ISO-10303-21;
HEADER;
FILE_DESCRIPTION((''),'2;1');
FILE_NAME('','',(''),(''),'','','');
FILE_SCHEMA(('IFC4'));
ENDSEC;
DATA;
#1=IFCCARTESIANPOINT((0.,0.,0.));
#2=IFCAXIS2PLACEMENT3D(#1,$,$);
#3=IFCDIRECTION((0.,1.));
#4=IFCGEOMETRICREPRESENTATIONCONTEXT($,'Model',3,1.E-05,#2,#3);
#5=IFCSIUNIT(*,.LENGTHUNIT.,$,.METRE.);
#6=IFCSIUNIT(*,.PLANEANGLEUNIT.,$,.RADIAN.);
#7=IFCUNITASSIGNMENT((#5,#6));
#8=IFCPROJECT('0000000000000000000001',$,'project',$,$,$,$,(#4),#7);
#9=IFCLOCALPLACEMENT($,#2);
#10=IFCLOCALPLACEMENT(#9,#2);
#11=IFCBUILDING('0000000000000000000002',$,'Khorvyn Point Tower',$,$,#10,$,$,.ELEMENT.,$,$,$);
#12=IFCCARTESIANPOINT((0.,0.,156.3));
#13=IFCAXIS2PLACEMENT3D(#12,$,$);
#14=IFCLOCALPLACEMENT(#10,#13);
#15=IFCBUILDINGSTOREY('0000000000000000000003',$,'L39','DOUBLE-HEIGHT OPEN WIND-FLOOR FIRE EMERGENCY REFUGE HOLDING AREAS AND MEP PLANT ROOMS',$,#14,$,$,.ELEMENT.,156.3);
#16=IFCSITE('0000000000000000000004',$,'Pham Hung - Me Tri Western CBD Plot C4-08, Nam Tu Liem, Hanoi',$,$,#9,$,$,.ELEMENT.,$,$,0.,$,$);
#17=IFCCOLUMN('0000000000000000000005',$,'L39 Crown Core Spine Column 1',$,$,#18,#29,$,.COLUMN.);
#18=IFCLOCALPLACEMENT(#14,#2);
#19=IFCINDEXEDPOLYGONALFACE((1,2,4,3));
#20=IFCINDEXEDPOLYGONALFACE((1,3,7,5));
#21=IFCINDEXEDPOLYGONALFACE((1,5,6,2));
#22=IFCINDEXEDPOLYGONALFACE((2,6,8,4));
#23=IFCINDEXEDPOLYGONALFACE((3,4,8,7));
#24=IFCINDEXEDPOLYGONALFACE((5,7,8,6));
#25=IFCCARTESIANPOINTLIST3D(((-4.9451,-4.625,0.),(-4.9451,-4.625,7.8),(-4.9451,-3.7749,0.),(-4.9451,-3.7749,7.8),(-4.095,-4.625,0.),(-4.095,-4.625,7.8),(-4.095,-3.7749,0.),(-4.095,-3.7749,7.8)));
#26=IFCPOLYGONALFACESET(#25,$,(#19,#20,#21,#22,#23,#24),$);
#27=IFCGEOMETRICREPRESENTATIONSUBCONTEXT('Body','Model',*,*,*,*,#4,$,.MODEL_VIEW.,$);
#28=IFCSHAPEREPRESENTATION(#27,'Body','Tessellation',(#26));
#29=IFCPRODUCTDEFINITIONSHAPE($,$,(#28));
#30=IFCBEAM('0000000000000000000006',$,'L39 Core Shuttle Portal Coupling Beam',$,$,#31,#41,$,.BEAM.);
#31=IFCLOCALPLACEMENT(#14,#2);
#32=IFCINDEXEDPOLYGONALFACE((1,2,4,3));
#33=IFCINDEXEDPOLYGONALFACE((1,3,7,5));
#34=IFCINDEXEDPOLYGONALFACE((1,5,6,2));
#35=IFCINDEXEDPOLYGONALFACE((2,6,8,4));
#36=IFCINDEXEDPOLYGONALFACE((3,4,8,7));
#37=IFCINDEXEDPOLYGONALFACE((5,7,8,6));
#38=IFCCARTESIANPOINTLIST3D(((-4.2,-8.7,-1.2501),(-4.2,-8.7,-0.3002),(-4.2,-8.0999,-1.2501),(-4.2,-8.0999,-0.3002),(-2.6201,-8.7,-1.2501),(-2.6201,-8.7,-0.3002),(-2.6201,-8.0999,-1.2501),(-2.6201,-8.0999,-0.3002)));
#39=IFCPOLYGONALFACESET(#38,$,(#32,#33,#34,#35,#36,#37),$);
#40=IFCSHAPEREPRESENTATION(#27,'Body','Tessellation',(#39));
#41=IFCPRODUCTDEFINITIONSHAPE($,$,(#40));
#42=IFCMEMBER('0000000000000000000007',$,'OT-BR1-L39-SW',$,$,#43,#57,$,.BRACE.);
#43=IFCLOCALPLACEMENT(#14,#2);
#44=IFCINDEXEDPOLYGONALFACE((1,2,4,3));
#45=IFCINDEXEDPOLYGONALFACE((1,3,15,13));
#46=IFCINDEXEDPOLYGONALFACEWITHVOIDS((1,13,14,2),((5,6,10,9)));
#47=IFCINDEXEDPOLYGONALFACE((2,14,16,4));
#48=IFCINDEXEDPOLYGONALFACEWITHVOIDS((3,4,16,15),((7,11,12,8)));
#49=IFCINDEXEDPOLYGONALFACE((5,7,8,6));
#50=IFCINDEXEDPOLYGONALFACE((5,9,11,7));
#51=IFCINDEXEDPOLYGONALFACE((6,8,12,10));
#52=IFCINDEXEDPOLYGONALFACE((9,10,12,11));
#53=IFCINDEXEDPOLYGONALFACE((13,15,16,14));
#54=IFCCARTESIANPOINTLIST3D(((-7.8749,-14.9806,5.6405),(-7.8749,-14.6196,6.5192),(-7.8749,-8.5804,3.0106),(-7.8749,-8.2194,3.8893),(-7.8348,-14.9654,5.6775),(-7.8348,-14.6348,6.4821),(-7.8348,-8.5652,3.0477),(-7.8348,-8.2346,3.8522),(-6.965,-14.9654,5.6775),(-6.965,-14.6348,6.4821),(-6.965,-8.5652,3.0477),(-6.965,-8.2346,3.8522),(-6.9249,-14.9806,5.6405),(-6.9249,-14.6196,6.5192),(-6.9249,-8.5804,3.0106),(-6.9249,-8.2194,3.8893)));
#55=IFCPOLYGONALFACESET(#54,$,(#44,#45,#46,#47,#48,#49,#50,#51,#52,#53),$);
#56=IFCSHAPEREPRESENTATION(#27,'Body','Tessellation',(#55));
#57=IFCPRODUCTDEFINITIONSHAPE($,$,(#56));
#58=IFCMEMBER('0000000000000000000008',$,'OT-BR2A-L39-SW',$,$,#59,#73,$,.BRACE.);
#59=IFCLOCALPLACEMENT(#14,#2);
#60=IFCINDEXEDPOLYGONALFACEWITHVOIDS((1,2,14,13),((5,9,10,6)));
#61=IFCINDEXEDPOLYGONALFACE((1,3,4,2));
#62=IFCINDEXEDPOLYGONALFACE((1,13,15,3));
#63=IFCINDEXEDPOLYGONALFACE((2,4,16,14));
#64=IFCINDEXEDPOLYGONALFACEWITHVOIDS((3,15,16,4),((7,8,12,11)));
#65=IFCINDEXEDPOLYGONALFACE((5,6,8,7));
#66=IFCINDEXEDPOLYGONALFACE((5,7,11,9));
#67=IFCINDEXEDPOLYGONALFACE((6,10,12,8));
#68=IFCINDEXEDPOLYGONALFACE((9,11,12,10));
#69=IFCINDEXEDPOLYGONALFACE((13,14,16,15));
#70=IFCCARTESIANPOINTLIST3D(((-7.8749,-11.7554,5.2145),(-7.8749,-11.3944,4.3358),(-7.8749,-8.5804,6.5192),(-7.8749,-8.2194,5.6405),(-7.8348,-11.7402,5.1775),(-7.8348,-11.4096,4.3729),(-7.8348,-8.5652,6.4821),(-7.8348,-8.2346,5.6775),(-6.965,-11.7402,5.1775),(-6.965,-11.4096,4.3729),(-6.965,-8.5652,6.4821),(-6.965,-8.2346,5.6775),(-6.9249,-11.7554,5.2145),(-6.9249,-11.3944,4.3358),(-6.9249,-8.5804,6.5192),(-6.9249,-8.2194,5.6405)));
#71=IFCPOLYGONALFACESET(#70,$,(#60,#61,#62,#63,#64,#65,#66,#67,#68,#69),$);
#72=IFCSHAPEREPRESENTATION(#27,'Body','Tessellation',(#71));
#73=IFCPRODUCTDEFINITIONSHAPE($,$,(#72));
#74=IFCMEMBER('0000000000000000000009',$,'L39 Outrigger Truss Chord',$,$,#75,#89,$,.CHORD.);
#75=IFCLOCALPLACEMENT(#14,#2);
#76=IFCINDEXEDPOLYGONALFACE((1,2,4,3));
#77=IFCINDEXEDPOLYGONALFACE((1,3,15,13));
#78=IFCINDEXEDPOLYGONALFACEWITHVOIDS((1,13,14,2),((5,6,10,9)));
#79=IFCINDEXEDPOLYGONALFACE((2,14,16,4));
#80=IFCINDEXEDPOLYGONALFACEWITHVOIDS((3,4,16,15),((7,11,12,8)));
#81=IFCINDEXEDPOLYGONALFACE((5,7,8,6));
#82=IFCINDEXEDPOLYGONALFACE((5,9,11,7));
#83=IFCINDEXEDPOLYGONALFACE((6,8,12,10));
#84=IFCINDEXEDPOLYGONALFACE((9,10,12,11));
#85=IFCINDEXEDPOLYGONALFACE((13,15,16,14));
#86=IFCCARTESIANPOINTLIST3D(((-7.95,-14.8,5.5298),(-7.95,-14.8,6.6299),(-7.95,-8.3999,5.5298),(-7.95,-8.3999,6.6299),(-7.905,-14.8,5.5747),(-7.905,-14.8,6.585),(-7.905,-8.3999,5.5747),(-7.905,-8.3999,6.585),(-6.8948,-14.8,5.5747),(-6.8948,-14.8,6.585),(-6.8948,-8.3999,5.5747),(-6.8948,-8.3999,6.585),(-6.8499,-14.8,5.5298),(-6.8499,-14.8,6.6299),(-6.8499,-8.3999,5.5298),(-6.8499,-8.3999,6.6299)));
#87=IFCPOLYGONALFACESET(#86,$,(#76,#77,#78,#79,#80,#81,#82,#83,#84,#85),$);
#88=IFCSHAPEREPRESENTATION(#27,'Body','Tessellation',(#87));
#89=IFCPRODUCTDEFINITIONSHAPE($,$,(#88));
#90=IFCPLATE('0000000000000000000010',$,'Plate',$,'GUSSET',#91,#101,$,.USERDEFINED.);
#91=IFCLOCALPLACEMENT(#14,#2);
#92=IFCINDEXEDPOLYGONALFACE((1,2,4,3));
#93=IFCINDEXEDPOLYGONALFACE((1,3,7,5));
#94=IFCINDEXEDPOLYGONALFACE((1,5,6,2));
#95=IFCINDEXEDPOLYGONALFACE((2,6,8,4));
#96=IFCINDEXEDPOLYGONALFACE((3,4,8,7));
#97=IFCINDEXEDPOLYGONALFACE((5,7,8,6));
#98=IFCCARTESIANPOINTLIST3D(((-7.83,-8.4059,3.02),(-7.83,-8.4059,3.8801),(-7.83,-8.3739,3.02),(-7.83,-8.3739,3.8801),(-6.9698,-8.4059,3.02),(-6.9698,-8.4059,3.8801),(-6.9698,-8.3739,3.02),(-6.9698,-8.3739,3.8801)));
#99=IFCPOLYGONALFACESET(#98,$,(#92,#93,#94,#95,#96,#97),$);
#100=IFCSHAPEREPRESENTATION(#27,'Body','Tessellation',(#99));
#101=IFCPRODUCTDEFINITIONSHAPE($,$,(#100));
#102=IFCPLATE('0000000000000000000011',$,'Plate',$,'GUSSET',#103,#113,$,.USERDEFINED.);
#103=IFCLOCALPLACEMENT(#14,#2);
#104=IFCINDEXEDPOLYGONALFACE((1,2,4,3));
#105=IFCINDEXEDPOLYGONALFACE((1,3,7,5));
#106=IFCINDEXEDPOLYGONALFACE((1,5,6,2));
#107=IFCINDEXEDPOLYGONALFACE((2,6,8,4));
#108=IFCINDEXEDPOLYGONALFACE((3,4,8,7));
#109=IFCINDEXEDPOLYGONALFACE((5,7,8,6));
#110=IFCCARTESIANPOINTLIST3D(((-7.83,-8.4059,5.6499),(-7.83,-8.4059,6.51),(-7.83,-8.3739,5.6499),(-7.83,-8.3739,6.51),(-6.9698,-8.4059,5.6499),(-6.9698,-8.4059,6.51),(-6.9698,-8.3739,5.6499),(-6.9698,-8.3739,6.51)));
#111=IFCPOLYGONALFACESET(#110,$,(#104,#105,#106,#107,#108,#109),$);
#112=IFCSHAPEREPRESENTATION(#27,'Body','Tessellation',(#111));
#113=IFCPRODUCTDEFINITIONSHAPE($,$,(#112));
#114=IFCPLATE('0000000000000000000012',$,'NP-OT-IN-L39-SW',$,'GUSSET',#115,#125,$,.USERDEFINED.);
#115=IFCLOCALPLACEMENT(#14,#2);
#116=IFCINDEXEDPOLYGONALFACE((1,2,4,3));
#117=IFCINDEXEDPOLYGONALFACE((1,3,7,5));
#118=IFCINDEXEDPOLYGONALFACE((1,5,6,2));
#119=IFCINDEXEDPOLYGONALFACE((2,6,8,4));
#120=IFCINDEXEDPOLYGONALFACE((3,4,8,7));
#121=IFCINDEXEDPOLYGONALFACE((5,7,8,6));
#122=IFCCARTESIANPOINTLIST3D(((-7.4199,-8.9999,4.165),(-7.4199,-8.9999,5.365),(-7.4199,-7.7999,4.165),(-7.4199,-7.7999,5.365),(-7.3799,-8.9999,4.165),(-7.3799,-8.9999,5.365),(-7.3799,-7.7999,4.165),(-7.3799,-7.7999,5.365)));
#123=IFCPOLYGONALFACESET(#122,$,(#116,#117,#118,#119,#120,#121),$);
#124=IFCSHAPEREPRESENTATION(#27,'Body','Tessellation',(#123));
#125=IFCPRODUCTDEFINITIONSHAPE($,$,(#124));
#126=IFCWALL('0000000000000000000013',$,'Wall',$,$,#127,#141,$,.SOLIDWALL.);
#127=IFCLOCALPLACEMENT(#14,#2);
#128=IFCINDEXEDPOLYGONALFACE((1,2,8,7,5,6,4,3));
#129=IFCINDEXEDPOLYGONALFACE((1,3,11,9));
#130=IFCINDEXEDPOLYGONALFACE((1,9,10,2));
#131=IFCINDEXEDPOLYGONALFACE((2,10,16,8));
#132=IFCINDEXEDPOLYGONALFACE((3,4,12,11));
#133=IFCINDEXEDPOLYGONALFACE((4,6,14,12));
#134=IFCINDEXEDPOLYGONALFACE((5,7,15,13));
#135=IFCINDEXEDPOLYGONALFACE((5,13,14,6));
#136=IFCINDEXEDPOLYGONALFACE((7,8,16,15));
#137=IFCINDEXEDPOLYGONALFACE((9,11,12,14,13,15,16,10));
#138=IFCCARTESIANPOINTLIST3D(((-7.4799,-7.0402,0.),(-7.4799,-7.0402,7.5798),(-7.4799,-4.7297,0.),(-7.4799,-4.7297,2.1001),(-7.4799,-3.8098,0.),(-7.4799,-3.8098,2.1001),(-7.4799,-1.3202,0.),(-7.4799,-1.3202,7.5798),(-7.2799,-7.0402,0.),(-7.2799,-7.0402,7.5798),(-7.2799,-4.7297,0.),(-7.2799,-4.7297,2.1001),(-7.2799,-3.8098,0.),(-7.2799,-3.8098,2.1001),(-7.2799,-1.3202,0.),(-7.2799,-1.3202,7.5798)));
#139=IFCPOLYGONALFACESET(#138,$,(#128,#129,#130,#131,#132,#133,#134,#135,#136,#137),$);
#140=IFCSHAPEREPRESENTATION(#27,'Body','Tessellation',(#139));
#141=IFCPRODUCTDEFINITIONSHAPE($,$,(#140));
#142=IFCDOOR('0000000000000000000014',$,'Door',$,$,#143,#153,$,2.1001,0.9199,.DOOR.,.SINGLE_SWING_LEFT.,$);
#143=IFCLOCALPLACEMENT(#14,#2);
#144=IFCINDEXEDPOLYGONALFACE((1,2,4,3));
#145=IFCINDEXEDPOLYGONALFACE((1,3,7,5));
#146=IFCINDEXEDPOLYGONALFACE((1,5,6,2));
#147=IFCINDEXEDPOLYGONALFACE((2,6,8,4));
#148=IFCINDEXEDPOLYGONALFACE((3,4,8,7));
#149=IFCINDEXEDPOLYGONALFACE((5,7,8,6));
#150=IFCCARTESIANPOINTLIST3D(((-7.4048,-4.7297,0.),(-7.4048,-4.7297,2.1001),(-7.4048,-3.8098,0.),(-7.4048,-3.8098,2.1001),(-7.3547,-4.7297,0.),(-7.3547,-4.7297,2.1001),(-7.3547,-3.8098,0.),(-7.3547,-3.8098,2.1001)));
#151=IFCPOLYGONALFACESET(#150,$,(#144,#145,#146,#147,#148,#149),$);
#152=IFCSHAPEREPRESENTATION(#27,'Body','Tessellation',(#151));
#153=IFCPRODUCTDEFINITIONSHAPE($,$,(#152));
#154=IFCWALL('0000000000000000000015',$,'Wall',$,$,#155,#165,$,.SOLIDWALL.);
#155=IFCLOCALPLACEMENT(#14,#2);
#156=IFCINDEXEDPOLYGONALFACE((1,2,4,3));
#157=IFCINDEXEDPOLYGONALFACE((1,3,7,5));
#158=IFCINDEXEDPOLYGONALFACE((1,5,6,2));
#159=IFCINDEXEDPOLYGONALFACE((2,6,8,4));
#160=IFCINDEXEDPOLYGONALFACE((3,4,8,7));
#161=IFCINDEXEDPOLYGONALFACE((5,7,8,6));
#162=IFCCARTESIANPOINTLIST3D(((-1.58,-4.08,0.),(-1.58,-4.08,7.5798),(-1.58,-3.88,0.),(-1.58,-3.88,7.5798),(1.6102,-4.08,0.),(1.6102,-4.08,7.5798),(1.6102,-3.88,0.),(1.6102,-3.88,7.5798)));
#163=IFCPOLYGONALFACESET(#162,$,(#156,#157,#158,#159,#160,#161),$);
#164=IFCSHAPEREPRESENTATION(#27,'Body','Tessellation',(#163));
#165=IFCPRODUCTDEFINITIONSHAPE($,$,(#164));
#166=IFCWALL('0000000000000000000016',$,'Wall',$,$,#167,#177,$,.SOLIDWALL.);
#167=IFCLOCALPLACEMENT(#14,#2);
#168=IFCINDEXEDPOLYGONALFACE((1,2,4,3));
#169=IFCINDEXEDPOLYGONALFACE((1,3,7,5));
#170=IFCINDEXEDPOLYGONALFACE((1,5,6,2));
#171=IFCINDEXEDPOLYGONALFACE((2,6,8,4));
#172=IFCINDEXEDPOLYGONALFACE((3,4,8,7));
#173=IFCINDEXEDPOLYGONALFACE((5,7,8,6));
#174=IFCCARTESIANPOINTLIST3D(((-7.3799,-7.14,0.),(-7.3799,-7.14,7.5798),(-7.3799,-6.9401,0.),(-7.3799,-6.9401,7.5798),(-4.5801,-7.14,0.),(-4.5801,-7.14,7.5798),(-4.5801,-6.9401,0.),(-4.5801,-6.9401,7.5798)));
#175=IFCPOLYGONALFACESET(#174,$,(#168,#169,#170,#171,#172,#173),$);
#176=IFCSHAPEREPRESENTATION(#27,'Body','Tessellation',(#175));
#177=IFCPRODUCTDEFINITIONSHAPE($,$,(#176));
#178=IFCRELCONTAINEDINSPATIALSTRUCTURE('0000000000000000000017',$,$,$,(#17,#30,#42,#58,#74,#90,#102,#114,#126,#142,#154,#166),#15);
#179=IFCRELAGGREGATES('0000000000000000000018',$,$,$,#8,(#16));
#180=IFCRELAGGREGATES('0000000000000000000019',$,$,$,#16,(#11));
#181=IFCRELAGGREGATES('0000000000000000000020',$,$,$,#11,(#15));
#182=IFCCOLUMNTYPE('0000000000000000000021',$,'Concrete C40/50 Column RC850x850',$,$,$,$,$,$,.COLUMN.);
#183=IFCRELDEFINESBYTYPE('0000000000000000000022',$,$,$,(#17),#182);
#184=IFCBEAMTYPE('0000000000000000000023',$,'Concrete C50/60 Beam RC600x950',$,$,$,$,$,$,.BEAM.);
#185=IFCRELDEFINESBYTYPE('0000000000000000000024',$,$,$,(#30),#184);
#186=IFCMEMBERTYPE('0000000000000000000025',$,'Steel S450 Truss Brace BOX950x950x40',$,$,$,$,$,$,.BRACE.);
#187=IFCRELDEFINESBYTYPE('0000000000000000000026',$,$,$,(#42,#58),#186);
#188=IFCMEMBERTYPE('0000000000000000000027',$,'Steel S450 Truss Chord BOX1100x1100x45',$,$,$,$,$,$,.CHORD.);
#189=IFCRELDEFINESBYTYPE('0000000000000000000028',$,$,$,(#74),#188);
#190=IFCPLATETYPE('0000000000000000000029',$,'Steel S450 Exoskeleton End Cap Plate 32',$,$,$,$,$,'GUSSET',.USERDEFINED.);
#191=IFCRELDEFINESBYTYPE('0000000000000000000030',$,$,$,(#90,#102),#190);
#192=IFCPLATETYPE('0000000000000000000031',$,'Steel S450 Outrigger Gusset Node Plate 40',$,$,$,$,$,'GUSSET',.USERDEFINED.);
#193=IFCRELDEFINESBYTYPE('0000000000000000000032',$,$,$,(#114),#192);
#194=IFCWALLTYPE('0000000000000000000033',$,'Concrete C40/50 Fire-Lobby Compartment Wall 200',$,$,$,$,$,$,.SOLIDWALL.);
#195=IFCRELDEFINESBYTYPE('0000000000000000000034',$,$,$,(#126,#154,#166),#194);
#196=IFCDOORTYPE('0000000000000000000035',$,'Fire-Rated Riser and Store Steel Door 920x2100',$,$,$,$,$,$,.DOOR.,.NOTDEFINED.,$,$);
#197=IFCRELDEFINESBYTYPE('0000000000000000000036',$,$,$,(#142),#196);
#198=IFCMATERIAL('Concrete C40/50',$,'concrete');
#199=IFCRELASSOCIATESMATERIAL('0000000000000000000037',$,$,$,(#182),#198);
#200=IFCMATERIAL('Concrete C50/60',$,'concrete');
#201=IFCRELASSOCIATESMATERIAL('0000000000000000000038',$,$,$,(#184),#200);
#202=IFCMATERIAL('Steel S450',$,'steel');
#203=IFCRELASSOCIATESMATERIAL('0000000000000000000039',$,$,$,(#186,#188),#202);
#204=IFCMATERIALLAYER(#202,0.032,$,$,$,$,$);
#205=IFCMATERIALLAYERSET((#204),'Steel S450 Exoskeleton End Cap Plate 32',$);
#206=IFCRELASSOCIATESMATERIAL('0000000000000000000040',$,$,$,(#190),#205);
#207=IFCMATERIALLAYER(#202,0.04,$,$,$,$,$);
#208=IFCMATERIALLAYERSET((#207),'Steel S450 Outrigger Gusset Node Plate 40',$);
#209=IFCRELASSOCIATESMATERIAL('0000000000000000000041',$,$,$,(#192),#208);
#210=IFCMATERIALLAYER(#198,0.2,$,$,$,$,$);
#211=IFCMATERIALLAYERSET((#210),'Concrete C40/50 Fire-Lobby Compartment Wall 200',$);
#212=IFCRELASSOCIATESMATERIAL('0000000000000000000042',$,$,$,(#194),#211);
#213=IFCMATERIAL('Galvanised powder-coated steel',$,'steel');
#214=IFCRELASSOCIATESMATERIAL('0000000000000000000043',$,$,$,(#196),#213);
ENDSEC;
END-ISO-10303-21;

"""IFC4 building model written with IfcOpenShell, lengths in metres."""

from ifc_helpers import new_model, si_unit, direction, frame, frame_2d, origin, origin_2d, place, context, subcontext, project, spatial, rectangle, hollow_rectangle, extrude, material, layer, layer_set, material_profile, profile_set, type_object, element, fill, save


model = new_model("IFC4")

# Units and contexts
model_context = context("Model", 3, precision=1e-05, world=origin(), true_north=direction((0.0, 1.0)))
body_context = subcontext(model_context, "Body", "Model", "MODEL_VIEW")
ifc_project = project(units=[si_unit("LENGTHUNIT", "METRE"), si_unit("PLANEANGLEUNIT", "RADIAN")], contexts=[model_context])

# Site, building, storey
site_placement = place(None, origin())
site = spatial("IfcSite", under=ifc_project, at=site_placement, Name="Pham Hung - Me Tri Western CBD Plot C4-08, Nam Tu Liem, Hanoi", CompositionType="ELEMENT", RefElevation=0.0)
building_placement = place(site_placement, origin())
building = spatial("IfcBuilding", under=site, at=building_placement, Name="Khorvyn Point Tower", CompositionType="ELEMENT")
storey_placement = place(building_placement, frame((0.0, 0.0, 156.3)))
storey = spatial("IfcBuildingStorey", under=building, at=storey_placement, Name="L39", Description="DOUBLE-HEIGHT OPEN WIND-FLOOR FIRE EMERGENCY REFUGE HOLDING AREAS AND MEP PLANT ROOMS", CompositionType="ELEMENT", Elevation=156.3)

# Column
ifc_material_1 = material(Name="Concrete C40/50", Category="concrete")
ifc_material_profile_1 = material_profile(ifc_material_1, rectangle(XDim=0.8501, YDim=0.8501, at=origin_2d()))
ifc_profile_set_1 = profile_set([ifc_material_profile_1], Name="Concrete C40/50 RC850x850")
column_type = type_object("IfcColumnType", Name="Concrete C40/50 Column RC850x850", PredefinedType="COLUMN", material=ifc_profile_set_1)
column_placement = place(storey_placement, frame((-4.52, -4.2, 0.0), z_axis=(0.0, 0.0, 1.0), x_axis=(1.0, 0.0, 0.0)))
element("IfcColumn", 1, at=column_placement, inside=storey, type_object=column_type, Name="L39 Crown Core Spine Column 1", PredefinedType="COLUMN", context=body_context, shape_type="SweptSolid", body=[
    extrude(rectangle(XDim=0.8501, YDim=0.8501, at=origin_2d()), origin(), (0.0, 0.0, 1.0), 7.8),
])

# Beam
ifc_material_2 = material(Name="Concrete C50/60", Category="concrete")
ifc_material_profile_2 = material_profile(ifc_material_2, rectangle(XDim=0.6001, YDim=0.95, at=origin_2d()))
ifc_profile_set_2 = profile_set([ifc_material_profile_2], Name="Concrete C50/60 RC600x950")
beam_type = type_object("IfcBeamType", Name="Concrete C50/60 Beam RC600x950", PredefinedType="BEAM", material=ifc_profile_set_2)
beam_placement = place(storey_placement, frame((-4.2, -8.3999, -0.7751), z_axis=(1.0, 0.0, 0.0), x_axis=(0.0, 1.0, 0.0)))
element("IfcBeam", 2, at=beam_placement, inside=storey, type_object=beam_type, Name="L39 Core Shuttle Portal Coupling Beam", PredefinedType="BEAM", context=body_context, shape_type="SweptSolid", body=[
    extrude(rectangle(XDim=0.6001, YDim=0.95, at=origin_2d()), origin(), (0.0, 0.0, 1.0), 1.5798),
])

# Members
ifc_material_3 = material(Name="Steel S450", Category="steel")
ifc_material_profile_3 = material_profile(ifc_material_3, hollow_rectangle(XDim=0.95, YDim=0.95, WallThickness=0.04, at=origin_2d()))
ifc_profile_set_3 = profile_set([ifc_material_profile_3], Name="Steel S450 BOX950x950x40")
member_type_1 = type_object("IfcMemberType", Name="Steel S450 Truss Brace BOX950x950x40", PredefinedType="BRACE", material=ifc_profile_set_3)
member_1_placement = place(storey_placement, frame((-7.3999, -8.3999, 3.45), z_axis=(0.0, -0.924956, 0.380074), x_axis=(1.0, 0.0, 0.0)))
element("IfcMember", 3, at=member_1_placement, inside=storey, type_object=member_type_1, Name="OT-BR1-L39-SW", PredefinedType="BRACE", context=body_context, shape_type="SweptSolid", body=[
    extrude(hollow_rectangle(XDim=0.95, YDim=0.95, WallThickness=0.04, at=origin_2d()), origin(), (0.0, 0.0, 1.0), 6.9194),
])
member_2_placement = place(storey_placement, frame((-7.3999, -8.3999, 6.0798), z_axis=(0.0, -0.924953, -0.380081), x_axis=(1.0, 0.0, 0.0)))
element("IfcMember", 4, at=member_2_placement, inside=storey, type_object=member_type_1, Name="OT-BR2A-L39-SW", PredefinedType="BRACE", context=body_context, shape_type="SweptSolid", body=[
    extrude(hollow_rectangle(XDim=0.95, YDim=0.95, WallThickness=0.04, at=origin_2d()), origin(), (0.0, 0.0, 1.0), 3.4326),
])
ifc_material_profile_4 = material_profile(ifc_material_3, hollow_rectangle(XDim=1.1001, YDim=1.1001, WallThickness=0.0449, at=origin_2d()))
ifc_profile_set_4 = profile_set([ifc_material_profile_4], Name="Steel S450 BOX1100x1100x45")
member_type_2 = type_object("IfcMemberType", Name="Steel S450 Truss Chord BOX1100x1100x45", PredefinedType="CHORD", material=ifc_profile_set_4)
member_3_placement = place(storey_placement, frame((-7.3999, -8.3999, 6.0798), z_axis=(0.0, -1.0, 0.0), x_axis=(1.0, 0.0, 0.0)))
element("IfcMember", 5, at=member_3_placement, inside=storey, type_object=member_type_2, Name="L39 Outrigger Truss Chord", PredefinedType="CHORD", context=body_context, shape_type="SweptSolid", body=[
    extrude(hollow_rectangle(XDim=1.1001, YDim=1.1001, WallThickness=0.0449, at=origin_2d()), origin(), (0.0, 0.0, 1.0), 6.4001),
])

# Plates
ifc_layer_1 = layer(ifc_material_3, 0.032)
ifc_layer_set_1 = layer_set([ifc_layer_1], Name="Steel S450 Exoskeleton End Cap Plate 32")
plate_type_1 = type_object("IfcPlateType", Name="Steel S450 Exoskeleton End Cap Plate 32", ElementType="GUSSET", PredefinedType="USERDEFINED", material=ifc_layer_set_1)
for number, where, z_axis, x_axis, name in (
    (6, (-7.3999, -8.3899, 3.02), (0.0, 0.0, 1.0), (1.0, 0.0, 0.0), "Plate"),
    (7, (-7.3999, -8.3899, 5.6499), (0.0, 0.0, 1.0), (1.0, 0.0, 0.0), "Plate"),
):
    element("IfcPlate", number, at=place(storey_placement, frame(where, z_axis=z_axis, x_axis=x_axis)), inside=storey, type_object=plate_type_1, Name=name, ObjectType="GUSSET", PredefinedType="USERDEFINED", context=body_context, shape_type="SweptSolid", body=[
        extrude(rectangle(XDim=0.8601, YDim=0.032, at=origin_2d()), origin(), (0.0, 0.0, 1.0), 0.8601),
    ])
ifc_layer_2 = layer(ifc_material_3, 0.04)
ifc_layer_set_2 = layer_set([ifc_layer_2], Name="Steel S450 Outrigger Gusset Node Plate 40")
plate_type_2 = type_object("IfcPlateType", Name="Steel S450 Outrigger Gusset Node Plate 40", ElementType="GUSSET", PredefinedType="USERDEFINED", material=ifc_layer_set_2)
plate_placement = place(storey_placement, frame((-7.3999, -8.3999, 4.165), z_axis=(0.0, 0.0, 1.0), x_axis=(1.0, 0.0, 0.0)))
element("IfcPlate", 8, at=plate_placement, inside=storey, type_object=plate_type_2, Name="NP-OT-IN-L39-SW", ObjectType="GUSSET", PredefinedType="USERDEFINED", context=body_context, shape_type="SweptSolid", body=[
    extrude(rectangle(XDim=0.04, YDim=1.2, at=origin_2d()), origin(), (0.0, 0.0, 1.0), 1.2),
])

# Wall, opening, door
ifc_layer_3 = layer(ifc_material_1, 0.2)
ifc_layer_set_3 = layer_set([ifc_layer_3], Name="Concrete C40/50 Fire-Lobby Compartment Wall 200")
wall_type_1 = type_object("IfcWallType", Name="Concrete C40/50 Fire-Lobby Compartment Wall 200", PredefinedType="SOLIDWALL", material=ifc_layer_set_3)
wall_1_placement = place(storey_placement, frame((-7.3799, -7.04, 0.0), z_axis=(0.0, 0.0, 1.0), x_axis=(0.0, 1.0, 0.0)))
wall_1 = element("IfcWall", 9, at=wall_1_placement, inside=storey, type_object=wall_type_1, Name="Wall", PredefinedType="SOLIDWALL", context=body_context, shape_type="SweptSolid", body=[
    extrude(rectangle(XDim=5.72, YDim=0.2, at=frame_2d((2.8599, 0.0))), origin(), (0.0, 0.0, 1.0), 7.5798),
])
opening_placement = place(wall_1_placement, frame((2.3103, 0.0, 0.0)))
opening = element("IfcOpeningElement", 10, at=opening_placement, cuts=wall_1, PredefinedType="OPENING", context=body_context, shape_type="SweptSolid", body=[
    extrude(rectangle(XDim=0.9199, YDim=2.1001, at=frame_2d((0.46, 1.05))), frame((0.0, 0.1099, 0.0), z_axis=(0.0, -1.0, 0.0), x_axis=(1.0, 0.0, 0.0)), (0.0, 0.0, 1.0), 0.22),
])
ifc_material_4 = material(Name="Galvanised powder-coated steel", Category="steel")
door_type = type_object("IfcDoorType", Name="Fire-Rated Riser and Store Steel Door 920x2100", OperationType="NOTDEFINED", PredefinedType="DOOR", material=ifc_material_4)
door_placement = place(opening_placement, origin())
door = element("IfcDoor", 11, at=door_placement, inside=storey, type_object=door_type, Name="Door", OperationType="SINGLE_SWING_LEFT", OverallHeight=2.1001, OverallWidth=0.9199, PredefinedType="DOOR", context=body_context, shape_type="SweptSolid", body=[
    extrude(rectangle(XDim=0.9199, YDim=2.1001, at=frame_2d((0.46, 1.05))), frame((0.0, 0.0249, 0.0), z_axis=(0.0, -1.0, 0.0), x_axis=(1.0, 0.0, 0.0)), (0.0, 0.0, 1.0), 0.05),
])
fill(opening, door)

# Walls
wall_2_placement = place(storey_placement, frame((-1.5801, -3.98, 0.0), z_axis=(0.0, 0.0, 1.0), x_axis=(1.0, 0.0, 0.0)))
element("IfcWall", 12, at=wall_2_placement, inside=storey, type_object=wall_type_1, Name="Wall", PredefinedType="SOLIDWALL", context=body_context, shape_type="SweptSolid", body=[
    extrude(rectangle(XDim=3.1902, YDim=0.2, at=frame_2d((1.5952, 0.0))), origin(), (0.0, 0.0, 1.0), 7.5798),
])
wall_3_placement = place(storey_placement, frame((-7.3799, -7.04, 0.0), z_axis=(0.0, 0.0, 1.0), x_axis=(1.0, 0.0, 0.0)))
element("IfcWall", 13, at=wall_3_placement, inside=storey, type_object=wall_type_1, Name="Wall", PredefinedType="SOLIDWALL", context=body_context, shape_type="SweptSolid", body=[
    extrude(rectangle(XDim=2.7998, YDim=0.2, at=frame_2d((1.3999, 0.0))), origin(), (0.0, 0.0, 1.0), 7.5798),
])

save(model, "model.ifc")
